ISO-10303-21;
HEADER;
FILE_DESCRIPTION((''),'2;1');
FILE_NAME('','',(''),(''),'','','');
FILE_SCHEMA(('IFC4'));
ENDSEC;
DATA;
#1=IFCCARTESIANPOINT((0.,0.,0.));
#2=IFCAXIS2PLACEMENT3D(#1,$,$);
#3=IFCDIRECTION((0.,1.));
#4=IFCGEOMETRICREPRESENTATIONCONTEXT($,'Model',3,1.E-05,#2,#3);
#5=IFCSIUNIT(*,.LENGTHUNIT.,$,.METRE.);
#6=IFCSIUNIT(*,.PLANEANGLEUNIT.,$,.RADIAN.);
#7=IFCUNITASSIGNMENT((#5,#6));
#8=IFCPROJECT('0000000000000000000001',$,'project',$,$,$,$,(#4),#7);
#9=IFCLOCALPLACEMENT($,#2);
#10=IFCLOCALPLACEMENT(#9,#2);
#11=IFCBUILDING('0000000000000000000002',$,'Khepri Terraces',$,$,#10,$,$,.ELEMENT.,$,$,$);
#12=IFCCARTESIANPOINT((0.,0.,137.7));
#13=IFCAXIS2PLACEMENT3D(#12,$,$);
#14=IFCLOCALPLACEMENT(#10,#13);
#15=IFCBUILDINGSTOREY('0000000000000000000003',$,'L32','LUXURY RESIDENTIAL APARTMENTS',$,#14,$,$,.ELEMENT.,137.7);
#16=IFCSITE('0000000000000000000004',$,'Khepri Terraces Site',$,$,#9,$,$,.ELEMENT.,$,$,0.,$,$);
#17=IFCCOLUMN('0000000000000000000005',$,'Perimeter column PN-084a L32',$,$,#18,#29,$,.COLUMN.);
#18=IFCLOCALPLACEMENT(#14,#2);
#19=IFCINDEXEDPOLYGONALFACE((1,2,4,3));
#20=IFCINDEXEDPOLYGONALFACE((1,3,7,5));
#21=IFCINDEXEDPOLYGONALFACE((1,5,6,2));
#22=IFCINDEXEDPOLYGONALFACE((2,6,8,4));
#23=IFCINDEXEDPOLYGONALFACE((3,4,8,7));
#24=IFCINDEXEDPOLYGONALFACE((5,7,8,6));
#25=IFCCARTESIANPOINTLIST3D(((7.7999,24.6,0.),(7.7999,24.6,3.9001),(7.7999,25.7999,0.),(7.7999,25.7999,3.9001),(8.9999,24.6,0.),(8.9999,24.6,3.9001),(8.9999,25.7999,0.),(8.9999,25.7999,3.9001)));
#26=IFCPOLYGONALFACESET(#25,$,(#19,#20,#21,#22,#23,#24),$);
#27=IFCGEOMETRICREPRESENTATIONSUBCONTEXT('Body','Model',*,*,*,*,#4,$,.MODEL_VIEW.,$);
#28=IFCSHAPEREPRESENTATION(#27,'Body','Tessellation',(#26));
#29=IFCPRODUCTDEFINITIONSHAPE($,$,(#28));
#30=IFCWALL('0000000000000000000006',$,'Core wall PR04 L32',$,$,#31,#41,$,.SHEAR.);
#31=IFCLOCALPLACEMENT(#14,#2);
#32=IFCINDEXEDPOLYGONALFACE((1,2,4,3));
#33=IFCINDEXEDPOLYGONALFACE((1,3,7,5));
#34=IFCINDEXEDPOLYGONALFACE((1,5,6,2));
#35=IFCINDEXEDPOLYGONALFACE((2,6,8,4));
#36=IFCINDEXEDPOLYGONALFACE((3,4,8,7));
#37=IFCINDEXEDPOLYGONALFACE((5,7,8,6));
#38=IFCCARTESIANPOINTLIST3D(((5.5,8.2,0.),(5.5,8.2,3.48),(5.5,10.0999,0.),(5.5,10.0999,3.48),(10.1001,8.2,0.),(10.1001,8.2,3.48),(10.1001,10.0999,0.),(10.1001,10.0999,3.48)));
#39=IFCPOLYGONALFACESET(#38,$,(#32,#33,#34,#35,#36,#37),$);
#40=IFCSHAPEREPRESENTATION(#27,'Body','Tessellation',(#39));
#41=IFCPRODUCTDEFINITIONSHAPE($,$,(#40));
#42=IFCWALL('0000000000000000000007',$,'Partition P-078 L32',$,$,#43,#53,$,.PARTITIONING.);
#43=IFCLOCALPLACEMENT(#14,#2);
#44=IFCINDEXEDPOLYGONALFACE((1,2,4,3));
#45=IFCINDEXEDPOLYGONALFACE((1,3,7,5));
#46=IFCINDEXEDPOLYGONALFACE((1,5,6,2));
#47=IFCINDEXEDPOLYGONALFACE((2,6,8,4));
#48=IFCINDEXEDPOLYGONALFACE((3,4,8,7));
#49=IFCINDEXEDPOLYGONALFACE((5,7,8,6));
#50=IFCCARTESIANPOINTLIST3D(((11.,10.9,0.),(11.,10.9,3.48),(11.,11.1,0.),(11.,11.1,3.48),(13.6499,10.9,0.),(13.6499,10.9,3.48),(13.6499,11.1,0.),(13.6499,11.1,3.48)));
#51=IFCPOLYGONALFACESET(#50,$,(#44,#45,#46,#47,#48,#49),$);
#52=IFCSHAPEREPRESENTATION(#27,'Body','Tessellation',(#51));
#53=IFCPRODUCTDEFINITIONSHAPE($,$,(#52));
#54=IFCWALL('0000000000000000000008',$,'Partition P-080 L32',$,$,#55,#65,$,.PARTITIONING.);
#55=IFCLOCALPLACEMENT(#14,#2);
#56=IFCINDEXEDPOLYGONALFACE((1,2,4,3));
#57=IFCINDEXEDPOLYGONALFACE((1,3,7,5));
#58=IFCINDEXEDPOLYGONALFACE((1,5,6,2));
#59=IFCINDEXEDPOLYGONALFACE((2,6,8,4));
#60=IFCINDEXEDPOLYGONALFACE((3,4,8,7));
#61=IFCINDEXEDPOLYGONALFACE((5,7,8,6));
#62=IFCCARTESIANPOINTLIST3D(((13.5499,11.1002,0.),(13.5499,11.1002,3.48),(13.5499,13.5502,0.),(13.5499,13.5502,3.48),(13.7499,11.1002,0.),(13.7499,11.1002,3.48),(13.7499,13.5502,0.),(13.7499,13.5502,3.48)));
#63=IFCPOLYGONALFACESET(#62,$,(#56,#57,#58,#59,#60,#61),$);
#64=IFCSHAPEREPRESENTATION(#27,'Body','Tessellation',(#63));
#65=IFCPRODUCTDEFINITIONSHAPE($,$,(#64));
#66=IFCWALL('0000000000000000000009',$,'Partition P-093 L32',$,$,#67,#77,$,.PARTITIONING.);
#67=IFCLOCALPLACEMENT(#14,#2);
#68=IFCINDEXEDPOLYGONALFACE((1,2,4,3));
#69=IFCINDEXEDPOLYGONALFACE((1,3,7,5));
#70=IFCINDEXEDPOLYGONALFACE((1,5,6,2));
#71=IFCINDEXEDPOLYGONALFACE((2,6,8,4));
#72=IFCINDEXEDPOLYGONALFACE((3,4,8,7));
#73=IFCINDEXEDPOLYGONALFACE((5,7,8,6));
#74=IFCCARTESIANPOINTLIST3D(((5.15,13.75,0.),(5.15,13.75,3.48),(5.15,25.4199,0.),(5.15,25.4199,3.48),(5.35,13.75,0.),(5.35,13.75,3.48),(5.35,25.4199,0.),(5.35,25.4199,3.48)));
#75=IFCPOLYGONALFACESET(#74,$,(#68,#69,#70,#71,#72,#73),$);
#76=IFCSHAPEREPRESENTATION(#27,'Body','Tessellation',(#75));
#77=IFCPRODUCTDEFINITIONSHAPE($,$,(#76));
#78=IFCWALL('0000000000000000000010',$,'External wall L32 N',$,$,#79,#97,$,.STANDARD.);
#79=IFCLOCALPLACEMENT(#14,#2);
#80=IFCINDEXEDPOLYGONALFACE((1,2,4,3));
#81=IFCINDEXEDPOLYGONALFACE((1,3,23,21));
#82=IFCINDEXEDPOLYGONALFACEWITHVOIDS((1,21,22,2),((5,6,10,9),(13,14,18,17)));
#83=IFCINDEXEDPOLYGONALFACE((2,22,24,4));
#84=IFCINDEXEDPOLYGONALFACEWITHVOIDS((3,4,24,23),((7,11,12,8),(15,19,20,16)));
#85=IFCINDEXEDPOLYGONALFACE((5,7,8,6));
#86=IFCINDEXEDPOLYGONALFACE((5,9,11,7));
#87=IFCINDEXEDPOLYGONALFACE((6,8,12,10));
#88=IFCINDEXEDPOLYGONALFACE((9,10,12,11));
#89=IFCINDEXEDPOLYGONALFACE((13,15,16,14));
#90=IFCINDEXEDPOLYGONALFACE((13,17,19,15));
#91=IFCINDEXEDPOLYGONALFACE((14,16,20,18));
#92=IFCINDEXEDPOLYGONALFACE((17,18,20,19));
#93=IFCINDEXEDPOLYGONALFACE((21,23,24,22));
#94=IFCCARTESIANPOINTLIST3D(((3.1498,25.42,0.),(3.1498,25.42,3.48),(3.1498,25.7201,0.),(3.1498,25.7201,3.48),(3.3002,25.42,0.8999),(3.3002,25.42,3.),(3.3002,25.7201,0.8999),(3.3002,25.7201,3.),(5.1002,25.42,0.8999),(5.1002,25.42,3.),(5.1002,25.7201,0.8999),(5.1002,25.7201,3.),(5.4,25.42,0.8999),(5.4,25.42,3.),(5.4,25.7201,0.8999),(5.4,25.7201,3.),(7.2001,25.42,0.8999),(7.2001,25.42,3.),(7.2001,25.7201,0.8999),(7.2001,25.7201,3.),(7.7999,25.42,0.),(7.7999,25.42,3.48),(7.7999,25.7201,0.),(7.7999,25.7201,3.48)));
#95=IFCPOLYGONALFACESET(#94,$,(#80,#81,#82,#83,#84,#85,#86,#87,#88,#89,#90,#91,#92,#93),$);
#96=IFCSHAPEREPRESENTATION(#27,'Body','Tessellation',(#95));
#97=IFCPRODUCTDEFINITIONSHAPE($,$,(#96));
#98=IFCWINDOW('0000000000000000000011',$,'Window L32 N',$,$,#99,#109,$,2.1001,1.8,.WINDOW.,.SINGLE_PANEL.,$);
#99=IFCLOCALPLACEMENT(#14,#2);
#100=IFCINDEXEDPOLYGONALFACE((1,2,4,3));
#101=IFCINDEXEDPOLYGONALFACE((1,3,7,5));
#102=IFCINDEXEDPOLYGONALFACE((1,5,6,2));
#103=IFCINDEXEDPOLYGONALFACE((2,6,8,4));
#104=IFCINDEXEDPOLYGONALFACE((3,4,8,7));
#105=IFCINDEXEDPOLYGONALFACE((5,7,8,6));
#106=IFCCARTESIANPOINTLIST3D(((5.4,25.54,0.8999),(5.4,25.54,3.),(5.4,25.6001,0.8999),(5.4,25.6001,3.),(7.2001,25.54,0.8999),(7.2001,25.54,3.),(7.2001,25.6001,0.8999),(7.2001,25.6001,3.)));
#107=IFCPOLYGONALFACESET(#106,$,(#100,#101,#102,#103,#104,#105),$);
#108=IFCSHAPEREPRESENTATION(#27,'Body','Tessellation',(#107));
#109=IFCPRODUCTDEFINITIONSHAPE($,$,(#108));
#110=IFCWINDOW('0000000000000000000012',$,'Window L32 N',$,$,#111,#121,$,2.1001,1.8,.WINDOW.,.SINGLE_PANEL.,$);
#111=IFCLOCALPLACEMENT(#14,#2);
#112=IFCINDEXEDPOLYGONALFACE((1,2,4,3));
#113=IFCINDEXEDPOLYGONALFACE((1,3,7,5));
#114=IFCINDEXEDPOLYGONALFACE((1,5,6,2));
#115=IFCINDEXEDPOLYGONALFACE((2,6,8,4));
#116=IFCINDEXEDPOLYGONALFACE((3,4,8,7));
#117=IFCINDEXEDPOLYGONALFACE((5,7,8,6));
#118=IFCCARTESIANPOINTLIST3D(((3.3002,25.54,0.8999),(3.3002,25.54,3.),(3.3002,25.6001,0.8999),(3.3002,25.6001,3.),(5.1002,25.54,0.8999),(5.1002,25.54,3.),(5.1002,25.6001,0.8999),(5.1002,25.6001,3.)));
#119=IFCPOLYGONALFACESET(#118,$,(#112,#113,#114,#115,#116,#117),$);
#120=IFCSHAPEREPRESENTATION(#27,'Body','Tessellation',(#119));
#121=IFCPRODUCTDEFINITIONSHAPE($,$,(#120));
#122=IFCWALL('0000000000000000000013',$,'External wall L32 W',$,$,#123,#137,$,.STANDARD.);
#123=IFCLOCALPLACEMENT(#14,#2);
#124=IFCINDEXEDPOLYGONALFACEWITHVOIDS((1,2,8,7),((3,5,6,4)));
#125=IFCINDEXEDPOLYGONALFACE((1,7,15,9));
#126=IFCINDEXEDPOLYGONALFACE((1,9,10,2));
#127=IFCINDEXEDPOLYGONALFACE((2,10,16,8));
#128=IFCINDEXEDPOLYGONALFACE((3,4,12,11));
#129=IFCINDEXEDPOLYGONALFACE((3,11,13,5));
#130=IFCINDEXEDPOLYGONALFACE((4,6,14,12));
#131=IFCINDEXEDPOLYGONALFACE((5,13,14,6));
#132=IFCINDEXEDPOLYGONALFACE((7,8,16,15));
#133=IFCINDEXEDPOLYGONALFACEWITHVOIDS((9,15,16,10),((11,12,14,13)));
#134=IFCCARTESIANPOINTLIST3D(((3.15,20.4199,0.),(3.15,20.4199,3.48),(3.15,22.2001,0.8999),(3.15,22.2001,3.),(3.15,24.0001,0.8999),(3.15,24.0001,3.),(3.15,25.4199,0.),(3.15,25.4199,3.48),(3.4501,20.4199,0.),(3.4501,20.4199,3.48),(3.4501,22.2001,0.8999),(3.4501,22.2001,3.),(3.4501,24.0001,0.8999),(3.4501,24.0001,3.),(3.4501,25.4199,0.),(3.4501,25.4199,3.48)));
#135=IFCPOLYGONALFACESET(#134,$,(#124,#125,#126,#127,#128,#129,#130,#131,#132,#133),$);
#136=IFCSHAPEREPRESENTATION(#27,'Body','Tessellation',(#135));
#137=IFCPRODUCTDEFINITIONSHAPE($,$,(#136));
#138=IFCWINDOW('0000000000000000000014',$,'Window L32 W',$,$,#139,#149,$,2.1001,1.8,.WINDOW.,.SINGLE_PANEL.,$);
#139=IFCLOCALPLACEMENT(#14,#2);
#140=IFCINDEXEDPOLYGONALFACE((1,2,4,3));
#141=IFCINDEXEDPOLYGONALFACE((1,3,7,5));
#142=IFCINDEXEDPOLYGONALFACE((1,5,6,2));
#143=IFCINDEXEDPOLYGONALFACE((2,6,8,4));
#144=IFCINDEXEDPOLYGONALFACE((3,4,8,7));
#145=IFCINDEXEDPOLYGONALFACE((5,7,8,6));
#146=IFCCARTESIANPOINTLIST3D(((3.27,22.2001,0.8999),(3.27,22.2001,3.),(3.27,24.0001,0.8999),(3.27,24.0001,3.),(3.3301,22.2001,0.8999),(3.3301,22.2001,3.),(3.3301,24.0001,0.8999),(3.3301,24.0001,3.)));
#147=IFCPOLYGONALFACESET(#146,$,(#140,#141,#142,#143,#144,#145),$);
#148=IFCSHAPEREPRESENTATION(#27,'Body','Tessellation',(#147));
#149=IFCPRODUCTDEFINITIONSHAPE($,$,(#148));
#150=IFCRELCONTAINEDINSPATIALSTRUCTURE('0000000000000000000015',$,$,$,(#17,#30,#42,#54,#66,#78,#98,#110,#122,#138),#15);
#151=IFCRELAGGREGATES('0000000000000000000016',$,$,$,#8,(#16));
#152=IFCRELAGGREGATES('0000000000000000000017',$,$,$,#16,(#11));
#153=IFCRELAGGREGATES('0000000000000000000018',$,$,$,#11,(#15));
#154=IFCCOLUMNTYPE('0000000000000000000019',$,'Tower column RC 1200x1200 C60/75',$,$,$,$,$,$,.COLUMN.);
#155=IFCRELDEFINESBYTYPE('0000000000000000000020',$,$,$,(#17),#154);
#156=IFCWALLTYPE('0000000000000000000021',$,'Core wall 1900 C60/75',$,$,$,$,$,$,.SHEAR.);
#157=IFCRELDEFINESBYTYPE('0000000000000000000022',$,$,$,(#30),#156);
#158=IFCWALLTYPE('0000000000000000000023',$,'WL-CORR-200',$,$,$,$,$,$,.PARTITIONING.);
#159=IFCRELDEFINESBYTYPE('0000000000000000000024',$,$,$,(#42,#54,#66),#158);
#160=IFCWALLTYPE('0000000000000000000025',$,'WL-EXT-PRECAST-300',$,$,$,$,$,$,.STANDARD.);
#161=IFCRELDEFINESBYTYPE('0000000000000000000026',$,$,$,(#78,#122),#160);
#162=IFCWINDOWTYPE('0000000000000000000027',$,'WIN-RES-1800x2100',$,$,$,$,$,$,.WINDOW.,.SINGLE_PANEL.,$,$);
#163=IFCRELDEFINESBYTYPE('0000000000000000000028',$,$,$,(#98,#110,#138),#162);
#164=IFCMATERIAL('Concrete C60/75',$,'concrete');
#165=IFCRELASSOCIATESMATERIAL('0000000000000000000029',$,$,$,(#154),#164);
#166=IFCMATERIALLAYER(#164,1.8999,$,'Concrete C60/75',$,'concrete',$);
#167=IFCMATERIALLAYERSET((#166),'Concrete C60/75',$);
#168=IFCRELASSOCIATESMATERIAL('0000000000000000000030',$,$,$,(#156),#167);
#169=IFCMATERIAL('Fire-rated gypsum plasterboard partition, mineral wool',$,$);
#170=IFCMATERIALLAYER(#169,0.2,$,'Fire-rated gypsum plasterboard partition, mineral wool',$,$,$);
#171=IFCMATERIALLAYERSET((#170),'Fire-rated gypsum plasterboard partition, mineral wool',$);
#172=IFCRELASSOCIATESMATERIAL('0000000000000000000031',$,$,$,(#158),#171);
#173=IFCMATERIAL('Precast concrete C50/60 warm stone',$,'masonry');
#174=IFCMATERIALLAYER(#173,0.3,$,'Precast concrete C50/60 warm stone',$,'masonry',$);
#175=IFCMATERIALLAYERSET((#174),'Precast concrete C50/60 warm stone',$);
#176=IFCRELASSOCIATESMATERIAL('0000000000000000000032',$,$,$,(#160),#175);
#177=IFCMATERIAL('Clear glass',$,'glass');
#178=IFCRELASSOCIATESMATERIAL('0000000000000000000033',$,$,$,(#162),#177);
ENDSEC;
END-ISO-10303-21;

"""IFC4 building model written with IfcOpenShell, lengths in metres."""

from ifc_helpers import new_model, si_unit, direction, frame, frame_2d, origin, origin_2d, place, context, subcontext, project, spatial, rectangle, extrude, material, layer, layer_set, material_profile, profile_set, type_object, element, fill, save


model = new_model("IFC4")

# Units and contexts
model_context = context("Model", 3, precision=1e-05, world=origin(), true_north=direction((0.0, 1.0)))
body_context = subcontext(model_context, "Body", "Model", "MODEL_VIEW")
ifc_project = project(units=[si_unit("LENGTHUNIT", "METRE"), si_unit("PLANEANGLEUNIT", "RADIAN")], contexts=[model_context])

# Site, building, storey
site_placement = place(None, origin())
site = spatial("IfcSite", under=ifc_project, at=site_placement, Name="Khepri Terraces Site", CompositionType="ELEMENT", RefElevation=0.0)
building_placement = place(site_placement, origin())
building = spatial("IfcBuilding", under=site, at=building_placement, Name="Khepri Terraces", CompositionType="ELEMENT")
storey_placement = place(building_placement, frame((0.0, 0.0, 137.7)))
storey = spatial("IfcBuildingStorey", under=building, at=storey_placement, Name="L32", Description="LUXURY RESIDENTIAL APARTMENTS", CompositionType="ELEMENT", Elevation=137.7)

# Column
ifc_material_1 = material(Name="Concrete C60/75", Category="concrete")
ifc_material_profile = material_profile(ifc_material_1, rectangle(XDim=1.2, YDim=1.2, at=origin_2d()), Name="Concrete C60/75", Category="concrete")
ifc_profile_set = profile_set([ifc_material_profile], Name="Concrete C60/75")
column_type = type_object("IfcColumnType", Name="Tower column RC 1200x1200 C60/75", PredefinedType="COLUMN", material=ifc_profile_set)
column_placement = place(storey_placement, frame((8.3999, 25.2, 0.0), z_axis=(0.0, 0.0, 1.0), x_axis=(1.0, 0.0, 0.0)))
element("IfcColumn", 1, at=column_placement, inside=storey, type_object=column_type, Name="Perimeter column PN-084a L32", PredefinedType="COLUMN", context=body_context, shape_type="SweptSolid", body=[
    extrude(rectangle(XDim=1.2, YDim=1.2, at=origin_2d()), origin(), (0.0, 0.0, 1.0), 3.9001),
])

# Walls
ifc_layer_1 = layer(ifc_material_1, 1.8999, Name="Concrete C60/75", Category="concrete")
ifc_layer_set_1 = layer_set([ifc_layer_1], Name="Concrete C60/75")
wall_type_1 = type_object("IfcWallType", Name="Core wall 1900 C60/75", PredefinedType="SHEAR", material=ifc_layer_set_1)
wall_1_placement = place(storey_placement, frame((5.5, 9.1499, 0.0), z_axis=(0.0, 0.0, 1.0), x_axis=(1.0, 0.0, 0.0)))
element("IfcWall", 2, at=wall_1_placement, inside=storey, type_object=wall_type_1, Name="Core wall PR04 L32", PredefinedType="SHEAR", context=body_context, shape_type="SweptSolid", body=[
    extrude(rectangle(XDim=4.6001, YDim=1.8999, at=frame_2d((2.3, 0.0))), origin(), (0.0, 0.0, 1.0), 3.48),
])
ifc_material_2 = material(Name="Fire-rated gypsum plasterboard partition, mineral wool")
ifc_layer_2 = layer(ifc_material_2, 0.2, Name="Fire-rated gypsum plasterboard partition, mineral wool")
ifc_layer_set_2 = layer_set([ifc_layer_2], Name="Fire-rated gypsum plasterboard partition, mineral wool")
wall_type_2 = type_object("IfcWallType", Name="WL-CORR-200", PredefinedType="PARTITIONING", material=ifc_layer_set_2)
wall_2_placement = place(storey_placement, frame((11.0, 11.0, 0.0), z_axis=(0.0, 0.0, 1.0), x_axis=(1.0, 0.0, 0.0)))
element("IfcWall", 3, at=wall_2_placement, inside=storey, type_object=wall_type_2, Name="Partition P-078 L32", PredefinedType="PARTITIONING", context=body_context, shape_type="SweptSolid", body=[
    extrude(rectangle(XDim=2.6499, YDim=0.2, at=frame_2d((1.325, 0.0))), origin(), (0.0, 0.0, 1.0), 3.48),
])
wall_3_placement = place(storey_placement, frame((13.6499, 11.1001, 0.0), z_axis=(0.0, 0.0, 1.0), x_axis=(0.0, 1.0, 0.0)))
element("IfcWall", 4, at=wall_3_placement, inside=storey, type_object=wall_type_2, Name="Partition P-080 L32", PredefinedType="PARTITIONING", context=body_context, shape_type="SweptSolid", body=[
    extrude(rectangle(XDim=2.45, YDim=0.2, at=frame_2d((1.2251, 0.0))), origin(), (0.0, 0.0, 1.0), 3.48),
])
wall_4_placement = place(storey_placement, frame((5.25, 13.75, 0.0), z_axis=(0.0, 0.0, 1.0), x_axis=(0.0, 1.0, 0.0)))
element("IfcWall", 5, at=wall_4_placement, inside=storey, type_object=wall_type_2, Name="Partition P-093 L32", PredefinedType="PARTITIONING", context=body_context, shape_type="SweptSolid", body=[
    extrude(rectangle(XDim=11.6699, YDim=0.2, at=frame_2d((5.835, 0.0))), origin(), (0.0, 0.0, 1.0), 3.48),
])

# Wall, openings, windows
ifc_material_3 = material(Name="Precast concrete C50/60 warm stone", Category="masonry")
ifc_layer_3 = layer(ifc_material_3, 0.3, Name="Precast concrete C50/60 warm stone", Category="masonry")
ifc_layer_set_3 = layer_set([ifc_layer_3], Name="Precast concrete C50/60 warm stone")
wall_type_3 = type_object("IfcWallType", Name="WL-EXT-PRECAST-300", PredefinedType="STANDARD", material=ifc_layer_set_3)
wall_5_placement = place(storey_placement, frame((7.8, 25.5701, 0.0), z_axis=(0.0, 0.0, 1.0), x_axis=(-1.0, 0.0, 0.0)))
wall_5 = element("IfcWall", 6, at=wall_5_placement, inside=storey, type_object=wall_type_3, Name="External wall L32 N", PredefinedType="STANDARD", context=body_context, shape_type="SweptSolid", body=[
    extrude(rectangle(XDim=4.6501, YDim=0.3, at=frame_2d((2.3252, 0.0))), origin(), (0.0, 0.0, 1.0), 3.48),
])
opening_1_placement = place(wall_5_placement, frame((0.6001, 0.0, 0.8999)))
opening_1 = element("IfcOpeningElement", 7, at=opening_1_placement, cuts=wall_5, PredefinedType="OPENING", context=body_context, shape_type="SweptSolid", body=[
    extrude(rectangle(XDim=1.8, YDim=2.1001, at=frame_2d((0.8999, 1.05))), frame((0.0, 0.1602, 0.0), z_axis=(0.0, -1.0, 0.0), x_axis=(1.0, 0.0, 0.0)), (0.0, 0.0, 1.0), 0.3201),
])
opening_2_placement = place(wall_5_placement, frame((2.7, 0.0, 0.8999)))
opening_2 = element("IfcOpeningElement", 8, at=opening_2_placement, cuts=wall_5, PredefinedType="OPENING", context=body_context, shape_type="SweptSolid", body=[
    extrude(rectangle(XDim=1.8, YDim=2.1001, at=frame_2d((0.8999, 1.05))), frame((0.0, 0.1602, 0.0), z_axis=(0.0, -1.0, 0.0), x_axis=(1.0, 0.0, 0.0)), (0.0, 0.0, 1.0), 0.3201),
])
ifc_material_4 = material(Name="Clear glass", Category="glass")
window_type_1 = type_object("IfcWindowType", Name="WIN-RES-1800x2100", PartitioningType="SINGLE_PANEL", PredefinedType="WINDOW", material=ifc_material_4)
window_1_placement = place(opening_1_placement, origin())
window_1 = element("IfcWindow", 9, at=window_1_placement, inside=storey, type_object=window_type_1, Name="Window L32 N", OverallHeight=2.1001, OverallWidth=1.8, PartitioningType="SINGLE_PANEL", PredefinedType="WINDOW", context=body_context, shape_type="SweptSolid", body=[
    extrude(rectangle(XDim=1.8, YDim=2.1001, at=frame_2d((0.8999, 1.05))), frame((0.0, 0.03, 0.0), z_axis=(0.0, -1.0, 0.0), x_axis=(1.0, 0.0, 0.0)), (0.0, 0.0, 1.0), 0.0601),
])
fill(opening_1, window_1)
window_2_placement = place(opening_2_placement, origin())
window_2 = element("IfcWindow", 10, at=window_2_placement, inside=storey, type_object=window_type_1, Name="Window L32 N", OverallHeight=2.1001, OverallWidth=1.8, PartitioningType="SINGLE_PANEL", PredefinedType="WINDOW", context=body_context, shape_type="SweptSolid", body=[
    extrude(rectangle(XDim=1.8, YDim=2.1001, at=frame_2d((0.8999, 1.05))), frame((0.0, 0.03, 0.0), z_axis=(0.0, -1.0, 0.0), x_axis=(1.0, 0.0, 0.0)), (0.0, 0.0, 1.0), 0.0601),
])
fill(opening_2, window_2)

# Wall, opening, window
wall_6_placement = place(storey_placement, frame((3.3, 25.4199, 0.0), z_axis=(0.0, 0.0, 1.0), x_axis=(0.0, -1.0, 0.0)))
wall_6 = element("IfcWall", 11, at=wall_6_placement, inside=storey, type_object=wall_type_3, Name="External wall L32 W", PredefinedType="STANDARD", context=body_context, shape_type="SweptSolid", body=[
    extrude(rectangle(XDim=5.0, YDim=0.3, at=frame_2d((2.5, 0.0))), origin(), (0.0, 0.0, 1.0), 3.48),
])
opening_3_placement = place(wall_6_placement, frame((1.4199, 0.0, 0.8999)))
opening_3 = element("IfcOpeningElement", 12, at=opening_3_placement, cuts=wall_6, PredefinedType="OPENING", context=body_context, shape_type="SweptSolid", body=[
    extrude(rectangle(XDim=1.8, YDim=2.1001, at=frame_2d((0.8999, 1.05))), frame((0.0, 0.1602, 0.0), z_axis=(0.0, -1.0, 0.0), x_axis=(1.0, 0.0, 0.0)), (0.0, 0.0, 1.0), 0.3201),
])
window_3_placement = place(opening_3_placement, origin())
window_3 = element("IfcWindow", 13, at=window_3_placement, inside=storey, type_object=window_type_1, Name="Window L32 W", OverallHeight=2.1001, OverallWidth=1.8, PartitioningType="SINGLE_PANEL", PredefinedType="WINDOW", context=body_context, shape_type="SweptSolid", body=[
    extrude(rectangle(XDim=1.8, YDim=2.1001, at=frame_2d((0.8999, 1.05))), frame((0.0, 0.03, 0.0), z_axis=(0.0, -1.0, 0.0), x_axis=(1.0, 0.0, 0.0)), (0.0, 0.0, 1.0), 0.0601),
])
fill(opening_3, window_3)

save(model, "model.ifc")
